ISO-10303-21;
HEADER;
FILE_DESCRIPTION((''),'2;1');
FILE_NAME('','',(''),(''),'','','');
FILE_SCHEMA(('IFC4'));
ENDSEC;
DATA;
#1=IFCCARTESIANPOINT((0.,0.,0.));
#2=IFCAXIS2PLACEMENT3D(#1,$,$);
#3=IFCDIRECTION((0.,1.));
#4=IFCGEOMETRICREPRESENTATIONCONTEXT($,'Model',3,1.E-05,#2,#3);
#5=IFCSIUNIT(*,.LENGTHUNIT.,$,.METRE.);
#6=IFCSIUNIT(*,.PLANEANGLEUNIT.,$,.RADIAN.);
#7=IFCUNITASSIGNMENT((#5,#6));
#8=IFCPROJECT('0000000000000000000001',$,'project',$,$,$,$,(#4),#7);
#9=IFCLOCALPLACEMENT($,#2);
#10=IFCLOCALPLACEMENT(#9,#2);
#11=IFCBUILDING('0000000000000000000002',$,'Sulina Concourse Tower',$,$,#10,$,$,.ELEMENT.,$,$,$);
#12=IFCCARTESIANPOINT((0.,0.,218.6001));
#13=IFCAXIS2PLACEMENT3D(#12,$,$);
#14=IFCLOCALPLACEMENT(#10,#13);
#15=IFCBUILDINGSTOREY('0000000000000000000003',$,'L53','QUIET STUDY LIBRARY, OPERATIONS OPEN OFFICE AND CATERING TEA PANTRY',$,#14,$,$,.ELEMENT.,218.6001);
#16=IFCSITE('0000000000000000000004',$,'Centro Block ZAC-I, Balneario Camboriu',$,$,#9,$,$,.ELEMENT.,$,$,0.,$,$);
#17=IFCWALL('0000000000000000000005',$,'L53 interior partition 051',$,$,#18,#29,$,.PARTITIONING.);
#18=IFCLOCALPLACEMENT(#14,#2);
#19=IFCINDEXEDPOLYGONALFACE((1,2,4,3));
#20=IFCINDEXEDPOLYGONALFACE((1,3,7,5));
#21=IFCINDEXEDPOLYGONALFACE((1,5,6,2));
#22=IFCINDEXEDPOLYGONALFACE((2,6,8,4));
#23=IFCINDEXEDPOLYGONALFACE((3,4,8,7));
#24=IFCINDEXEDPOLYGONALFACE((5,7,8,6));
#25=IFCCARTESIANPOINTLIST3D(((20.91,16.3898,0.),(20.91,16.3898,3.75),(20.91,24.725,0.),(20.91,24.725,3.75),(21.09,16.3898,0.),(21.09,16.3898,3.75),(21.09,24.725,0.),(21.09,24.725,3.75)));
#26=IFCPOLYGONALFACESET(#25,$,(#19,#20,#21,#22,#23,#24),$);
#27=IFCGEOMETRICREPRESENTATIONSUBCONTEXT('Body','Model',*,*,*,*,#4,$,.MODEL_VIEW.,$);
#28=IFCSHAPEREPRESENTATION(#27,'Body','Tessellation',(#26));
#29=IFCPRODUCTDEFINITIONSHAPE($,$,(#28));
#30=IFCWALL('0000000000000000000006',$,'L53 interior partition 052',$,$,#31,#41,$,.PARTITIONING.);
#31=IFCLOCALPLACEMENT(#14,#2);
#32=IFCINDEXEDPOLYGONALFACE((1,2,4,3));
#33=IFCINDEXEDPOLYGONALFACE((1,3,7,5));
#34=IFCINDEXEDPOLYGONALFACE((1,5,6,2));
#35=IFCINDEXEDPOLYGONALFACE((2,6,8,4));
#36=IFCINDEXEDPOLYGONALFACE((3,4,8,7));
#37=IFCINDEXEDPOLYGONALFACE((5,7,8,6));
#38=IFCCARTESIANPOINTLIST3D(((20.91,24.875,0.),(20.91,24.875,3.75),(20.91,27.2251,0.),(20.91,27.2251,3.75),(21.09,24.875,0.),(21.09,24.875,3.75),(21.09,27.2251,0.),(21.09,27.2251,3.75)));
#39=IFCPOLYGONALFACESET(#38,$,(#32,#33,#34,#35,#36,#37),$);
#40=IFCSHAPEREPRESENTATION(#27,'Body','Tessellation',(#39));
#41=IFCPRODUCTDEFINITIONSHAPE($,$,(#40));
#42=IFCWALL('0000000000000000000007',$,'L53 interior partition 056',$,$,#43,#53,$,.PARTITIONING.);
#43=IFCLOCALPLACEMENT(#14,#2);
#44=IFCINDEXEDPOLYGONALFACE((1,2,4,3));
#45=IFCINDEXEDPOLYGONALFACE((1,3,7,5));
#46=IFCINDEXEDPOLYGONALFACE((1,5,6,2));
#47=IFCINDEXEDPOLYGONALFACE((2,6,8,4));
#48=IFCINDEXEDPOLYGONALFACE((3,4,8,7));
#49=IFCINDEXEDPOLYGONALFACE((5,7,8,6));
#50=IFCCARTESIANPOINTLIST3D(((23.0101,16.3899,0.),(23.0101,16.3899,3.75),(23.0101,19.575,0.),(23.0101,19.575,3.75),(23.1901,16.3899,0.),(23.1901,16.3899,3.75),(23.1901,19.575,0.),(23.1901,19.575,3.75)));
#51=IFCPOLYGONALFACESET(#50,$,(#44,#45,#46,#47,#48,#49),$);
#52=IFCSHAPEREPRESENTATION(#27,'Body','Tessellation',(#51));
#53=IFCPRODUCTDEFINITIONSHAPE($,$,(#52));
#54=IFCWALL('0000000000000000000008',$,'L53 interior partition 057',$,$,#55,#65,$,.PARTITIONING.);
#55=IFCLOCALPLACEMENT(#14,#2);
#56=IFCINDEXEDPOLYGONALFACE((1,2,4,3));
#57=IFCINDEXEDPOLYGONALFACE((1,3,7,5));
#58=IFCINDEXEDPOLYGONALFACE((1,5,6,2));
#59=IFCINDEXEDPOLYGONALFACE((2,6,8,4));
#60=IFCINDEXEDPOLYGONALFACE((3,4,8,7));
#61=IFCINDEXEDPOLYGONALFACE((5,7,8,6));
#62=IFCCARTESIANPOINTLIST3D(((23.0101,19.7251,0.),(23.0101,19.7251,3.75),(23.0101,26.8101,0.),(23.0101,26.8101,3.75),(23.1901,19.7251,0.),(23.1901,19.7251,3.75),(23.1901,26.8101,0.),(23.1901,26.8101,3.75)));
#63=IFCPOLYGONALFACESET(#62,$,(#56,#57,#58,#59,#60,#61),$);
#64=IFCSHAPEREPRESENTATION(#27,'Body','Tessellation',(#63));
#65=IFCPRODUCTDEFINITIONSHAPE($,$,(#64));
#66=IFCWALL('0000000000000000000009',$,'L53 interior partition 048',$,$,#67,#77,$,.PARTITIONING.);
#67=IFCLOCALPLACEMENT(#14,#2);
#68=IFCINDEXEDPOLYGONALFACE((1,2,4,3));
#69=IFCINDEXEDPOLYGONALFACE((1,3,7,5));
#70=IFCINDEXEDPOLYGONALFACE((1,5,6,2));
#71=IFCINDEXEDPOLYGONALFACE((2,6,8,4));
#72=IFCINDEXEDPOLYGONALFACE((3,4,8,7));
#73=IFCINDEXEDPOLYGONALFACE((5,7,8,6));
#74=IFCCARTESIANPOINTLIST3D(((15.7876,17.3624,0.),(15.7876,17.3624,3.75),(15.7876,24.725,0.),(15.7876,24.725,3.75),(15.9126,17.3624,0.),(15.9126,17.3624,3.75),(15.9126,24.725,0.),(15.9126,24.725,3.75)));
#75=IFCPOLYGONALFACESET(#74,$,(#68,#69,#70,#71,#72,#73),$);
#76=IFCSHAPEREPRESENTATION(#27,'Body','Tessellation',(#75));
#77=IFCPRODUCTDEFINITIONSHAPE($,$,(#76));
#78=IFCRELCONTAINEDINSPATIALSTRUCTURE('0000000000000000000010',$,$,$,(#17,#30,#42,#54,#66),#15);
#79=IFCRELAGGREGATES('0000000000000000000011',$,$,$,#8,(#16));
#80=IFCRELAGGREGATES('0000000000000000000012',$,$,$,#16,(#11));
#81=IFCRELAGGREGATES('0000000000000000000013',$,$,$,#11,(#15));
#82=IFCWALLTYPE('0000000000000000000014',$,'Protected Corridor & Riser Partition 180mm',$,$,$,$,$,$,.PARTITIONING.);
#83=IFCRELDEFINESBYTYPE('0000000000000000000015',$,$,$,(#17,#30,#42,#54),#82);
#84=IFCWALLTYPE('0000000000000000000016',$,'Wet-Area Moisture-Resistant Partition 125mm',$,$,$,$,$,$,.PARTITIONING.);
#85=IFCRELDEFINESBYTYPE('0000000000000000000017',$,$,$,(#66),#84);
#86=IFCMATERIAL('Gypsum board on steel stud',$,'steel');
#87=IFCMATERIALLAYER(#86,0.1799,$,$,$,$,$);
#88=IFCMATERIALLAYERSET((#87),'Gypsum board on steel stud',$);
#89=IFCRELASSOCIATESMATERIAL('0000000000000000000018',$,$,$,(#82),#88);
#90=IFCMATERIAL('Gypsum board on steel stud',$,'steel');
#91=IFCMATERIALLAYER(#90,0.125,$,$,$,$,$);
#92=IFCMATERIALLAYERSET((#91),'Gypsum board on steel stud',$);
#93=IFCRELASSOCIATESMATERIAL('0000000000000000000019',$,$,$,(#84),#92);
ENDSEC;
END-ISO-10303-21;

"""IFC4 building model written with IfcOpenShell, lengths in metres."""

from ifc_helpers import new_model, si_unit, direction, frame, frame_2d, origin, place, context, subcontext, project, spatial, rectangle, extrude, material, layer, layer_set, type_object, element, save


model = new_model("IFC4")

# Units and contexts
model_context = context("Model", 3, precision=1e-05, world=origin(), true_north=direction((0.0, 1.0)))
body_context = subcontext(model_context, "Body", "Model", "MODEL_VIEW")
ifc_project = project(units=[si_unit("LENGTHUNIT", "METRE"), si_unit("PLANEANGLEUNIT", "RADIAN")], contexts=[model_context])

# Site, building, storey
site_placement = place(None, origin())
site = spatial("IfcSite", under=ifc_project, at=site_placement, Name="Centro Block ZAC-I, Balneario Camboriu", CompositionType="ELEMENT", RefElevation=0.0)
building_placement = place(site_placement, origin())
building = spatial("IfcBuilding", under=site, at=building_placement, Name="Sulina Concourse Tower", CompositionType="ELEMENT")
storey_placement = place(building_placement, frame((0.0, 0.0, 218.6001)))
storey = spatial("IfcBuildingStorey", under=building, at=storey_placement, Name="L53", Description="QUIET STUDY LIBRARY, OPERATIONS OPEN OFFICE AND CATERING TEA PANTRY", CompositionType="ELEMENT", Elevation=218.6001)

# Shared definitions
ifc_material_1 = material(Name="Gypsum board on steel stud", Category="steel")
ifc_layer_1 = layer(ifc_material_1, 0.1799)
ifc_layer_set_1 = layer_set([ifc_layer_1], Name="Gypsum board on steel stud")
wall_type_1 = type_object("IfcWallType", Name="Protected Corridor & Riser Partition 180mm", PredefinedType="PARTITIONING", material=ifc_layer_set_1)

# Walls
wall_1_placement = place(storey_placement, frame((21.0, 16.3899, 0.0), z_axis=(0.0, 0.0, 1.0), x_axis=(0.0, 1.0, 0.0)))
element("IfcWall", 1, at=wall_1_placement, inside=storey, type_object=wall_type_1, Name="L53 interior partition 051", PredefinedType="PARTITIONING", context=body_context, shape_type="SweptSolid", body=[
    extrude(rectangle(XDim=8.3352, YDim=0.1799, at=frame_2d((4.1675, 0.0))), origin(), (0.0, 0.0, 1.0), 3.75),
])
wall_2_placement = place(storey_placement, frame((21.0, 24.875, 0.0), z_axis=(0.0, 0.0, 1.0), x_axis=(0.0, 1.0, 0.0)))
element("IfcWall", 2, at=wall_2_placement, inside=storey, type_object=wall_type_1, Name="L53 interior partition 052", PredefinedType="PARTITIONING", context=body_context, shape_type="SweptSolid", body=[
    extrude(rectangle(XDim=2.3501, YDim=0.1799, at=frame_2d((1.175, 0.0))), origin(), (0.0, 0.0, 1.0), 3.75),
])
wall_3_placement = place(storey_placement, frame((23.1001, 16.3899, 0.0), z_axis=(0.0, 0.0, 1.0), x_axis=(0.0, 1.0, 0.0)))
element("IfcWall", 3, at=wall_3_placement, inside=storey, type_object=wall_type_1, Name="L53 interior partition 056", PredefinedType="PARTITIONING", context=body_context, shape_type="SweptSolid", body=[
    extrude(rectangle(XDim=3.1851, YDim=0.1799, at=frame_2d((1.5925, 0.0))), origin(), (0.0, 0.0, 1.0), 3.75),
])
wall_4_placement = place(storey_placement, frame((23.1001, 19.7251, 0.0), z_axis=(0.0, 0.0, 1.0), x_axis=(0.0, 1.0, 0.0)))
element("IfcWall", 4, at=wall_4_placement, inside=storey, type_object=wall_type_1, Name="L53 interior partition 057", PredefinedType="PARTITIONING", context=body_context, shape_type="SweptSolid", body=[
    extrude(rectangle(XDim=7.085, YDim=0.1799, at=frame_2d((3.5425, 0.0))), origin(), (0.0, 0.0, 1.0), 3.75),
])
ifc_material_2 = material(Name="Gypsum board on steel stud", Category="steel")
ifc_layer_2 = layer(ifc_material_2, 0.125)
ifc_layer_set_2 = layer_set([ifc_layer_2], Name="Gypsum board on steel stud")
wall_type_2 = type_object("IfcWallType", Name="Wet-Area Moisture-Resistant Partition 125mm", PredefinedType="PARTITIONING", material=ifc_layer_set_2)
wall_5_placement = place(storey_placement, frame((15.8501, 17.3625, 0.0), z_axis=(0.0, 0.0, 1.0), x_axis=(0.0, 1.0, 0.0)))
element("IfcWall", 5, at=wall_5_placement, inside=storey, type_object=wall_type_2, Name="L53 interior partition 048", PredefinedType="PARTITIONING", context=body_context, shape_type="SweptSolid", body=[
    extrude(rectangle(XDim=7.3625, YDim=0.125, at=frame_2d((3.6812, 0.0))), origin(), (0.0, 0.0, 1.0), 3.75),
])

save(model, "model.ifc")
